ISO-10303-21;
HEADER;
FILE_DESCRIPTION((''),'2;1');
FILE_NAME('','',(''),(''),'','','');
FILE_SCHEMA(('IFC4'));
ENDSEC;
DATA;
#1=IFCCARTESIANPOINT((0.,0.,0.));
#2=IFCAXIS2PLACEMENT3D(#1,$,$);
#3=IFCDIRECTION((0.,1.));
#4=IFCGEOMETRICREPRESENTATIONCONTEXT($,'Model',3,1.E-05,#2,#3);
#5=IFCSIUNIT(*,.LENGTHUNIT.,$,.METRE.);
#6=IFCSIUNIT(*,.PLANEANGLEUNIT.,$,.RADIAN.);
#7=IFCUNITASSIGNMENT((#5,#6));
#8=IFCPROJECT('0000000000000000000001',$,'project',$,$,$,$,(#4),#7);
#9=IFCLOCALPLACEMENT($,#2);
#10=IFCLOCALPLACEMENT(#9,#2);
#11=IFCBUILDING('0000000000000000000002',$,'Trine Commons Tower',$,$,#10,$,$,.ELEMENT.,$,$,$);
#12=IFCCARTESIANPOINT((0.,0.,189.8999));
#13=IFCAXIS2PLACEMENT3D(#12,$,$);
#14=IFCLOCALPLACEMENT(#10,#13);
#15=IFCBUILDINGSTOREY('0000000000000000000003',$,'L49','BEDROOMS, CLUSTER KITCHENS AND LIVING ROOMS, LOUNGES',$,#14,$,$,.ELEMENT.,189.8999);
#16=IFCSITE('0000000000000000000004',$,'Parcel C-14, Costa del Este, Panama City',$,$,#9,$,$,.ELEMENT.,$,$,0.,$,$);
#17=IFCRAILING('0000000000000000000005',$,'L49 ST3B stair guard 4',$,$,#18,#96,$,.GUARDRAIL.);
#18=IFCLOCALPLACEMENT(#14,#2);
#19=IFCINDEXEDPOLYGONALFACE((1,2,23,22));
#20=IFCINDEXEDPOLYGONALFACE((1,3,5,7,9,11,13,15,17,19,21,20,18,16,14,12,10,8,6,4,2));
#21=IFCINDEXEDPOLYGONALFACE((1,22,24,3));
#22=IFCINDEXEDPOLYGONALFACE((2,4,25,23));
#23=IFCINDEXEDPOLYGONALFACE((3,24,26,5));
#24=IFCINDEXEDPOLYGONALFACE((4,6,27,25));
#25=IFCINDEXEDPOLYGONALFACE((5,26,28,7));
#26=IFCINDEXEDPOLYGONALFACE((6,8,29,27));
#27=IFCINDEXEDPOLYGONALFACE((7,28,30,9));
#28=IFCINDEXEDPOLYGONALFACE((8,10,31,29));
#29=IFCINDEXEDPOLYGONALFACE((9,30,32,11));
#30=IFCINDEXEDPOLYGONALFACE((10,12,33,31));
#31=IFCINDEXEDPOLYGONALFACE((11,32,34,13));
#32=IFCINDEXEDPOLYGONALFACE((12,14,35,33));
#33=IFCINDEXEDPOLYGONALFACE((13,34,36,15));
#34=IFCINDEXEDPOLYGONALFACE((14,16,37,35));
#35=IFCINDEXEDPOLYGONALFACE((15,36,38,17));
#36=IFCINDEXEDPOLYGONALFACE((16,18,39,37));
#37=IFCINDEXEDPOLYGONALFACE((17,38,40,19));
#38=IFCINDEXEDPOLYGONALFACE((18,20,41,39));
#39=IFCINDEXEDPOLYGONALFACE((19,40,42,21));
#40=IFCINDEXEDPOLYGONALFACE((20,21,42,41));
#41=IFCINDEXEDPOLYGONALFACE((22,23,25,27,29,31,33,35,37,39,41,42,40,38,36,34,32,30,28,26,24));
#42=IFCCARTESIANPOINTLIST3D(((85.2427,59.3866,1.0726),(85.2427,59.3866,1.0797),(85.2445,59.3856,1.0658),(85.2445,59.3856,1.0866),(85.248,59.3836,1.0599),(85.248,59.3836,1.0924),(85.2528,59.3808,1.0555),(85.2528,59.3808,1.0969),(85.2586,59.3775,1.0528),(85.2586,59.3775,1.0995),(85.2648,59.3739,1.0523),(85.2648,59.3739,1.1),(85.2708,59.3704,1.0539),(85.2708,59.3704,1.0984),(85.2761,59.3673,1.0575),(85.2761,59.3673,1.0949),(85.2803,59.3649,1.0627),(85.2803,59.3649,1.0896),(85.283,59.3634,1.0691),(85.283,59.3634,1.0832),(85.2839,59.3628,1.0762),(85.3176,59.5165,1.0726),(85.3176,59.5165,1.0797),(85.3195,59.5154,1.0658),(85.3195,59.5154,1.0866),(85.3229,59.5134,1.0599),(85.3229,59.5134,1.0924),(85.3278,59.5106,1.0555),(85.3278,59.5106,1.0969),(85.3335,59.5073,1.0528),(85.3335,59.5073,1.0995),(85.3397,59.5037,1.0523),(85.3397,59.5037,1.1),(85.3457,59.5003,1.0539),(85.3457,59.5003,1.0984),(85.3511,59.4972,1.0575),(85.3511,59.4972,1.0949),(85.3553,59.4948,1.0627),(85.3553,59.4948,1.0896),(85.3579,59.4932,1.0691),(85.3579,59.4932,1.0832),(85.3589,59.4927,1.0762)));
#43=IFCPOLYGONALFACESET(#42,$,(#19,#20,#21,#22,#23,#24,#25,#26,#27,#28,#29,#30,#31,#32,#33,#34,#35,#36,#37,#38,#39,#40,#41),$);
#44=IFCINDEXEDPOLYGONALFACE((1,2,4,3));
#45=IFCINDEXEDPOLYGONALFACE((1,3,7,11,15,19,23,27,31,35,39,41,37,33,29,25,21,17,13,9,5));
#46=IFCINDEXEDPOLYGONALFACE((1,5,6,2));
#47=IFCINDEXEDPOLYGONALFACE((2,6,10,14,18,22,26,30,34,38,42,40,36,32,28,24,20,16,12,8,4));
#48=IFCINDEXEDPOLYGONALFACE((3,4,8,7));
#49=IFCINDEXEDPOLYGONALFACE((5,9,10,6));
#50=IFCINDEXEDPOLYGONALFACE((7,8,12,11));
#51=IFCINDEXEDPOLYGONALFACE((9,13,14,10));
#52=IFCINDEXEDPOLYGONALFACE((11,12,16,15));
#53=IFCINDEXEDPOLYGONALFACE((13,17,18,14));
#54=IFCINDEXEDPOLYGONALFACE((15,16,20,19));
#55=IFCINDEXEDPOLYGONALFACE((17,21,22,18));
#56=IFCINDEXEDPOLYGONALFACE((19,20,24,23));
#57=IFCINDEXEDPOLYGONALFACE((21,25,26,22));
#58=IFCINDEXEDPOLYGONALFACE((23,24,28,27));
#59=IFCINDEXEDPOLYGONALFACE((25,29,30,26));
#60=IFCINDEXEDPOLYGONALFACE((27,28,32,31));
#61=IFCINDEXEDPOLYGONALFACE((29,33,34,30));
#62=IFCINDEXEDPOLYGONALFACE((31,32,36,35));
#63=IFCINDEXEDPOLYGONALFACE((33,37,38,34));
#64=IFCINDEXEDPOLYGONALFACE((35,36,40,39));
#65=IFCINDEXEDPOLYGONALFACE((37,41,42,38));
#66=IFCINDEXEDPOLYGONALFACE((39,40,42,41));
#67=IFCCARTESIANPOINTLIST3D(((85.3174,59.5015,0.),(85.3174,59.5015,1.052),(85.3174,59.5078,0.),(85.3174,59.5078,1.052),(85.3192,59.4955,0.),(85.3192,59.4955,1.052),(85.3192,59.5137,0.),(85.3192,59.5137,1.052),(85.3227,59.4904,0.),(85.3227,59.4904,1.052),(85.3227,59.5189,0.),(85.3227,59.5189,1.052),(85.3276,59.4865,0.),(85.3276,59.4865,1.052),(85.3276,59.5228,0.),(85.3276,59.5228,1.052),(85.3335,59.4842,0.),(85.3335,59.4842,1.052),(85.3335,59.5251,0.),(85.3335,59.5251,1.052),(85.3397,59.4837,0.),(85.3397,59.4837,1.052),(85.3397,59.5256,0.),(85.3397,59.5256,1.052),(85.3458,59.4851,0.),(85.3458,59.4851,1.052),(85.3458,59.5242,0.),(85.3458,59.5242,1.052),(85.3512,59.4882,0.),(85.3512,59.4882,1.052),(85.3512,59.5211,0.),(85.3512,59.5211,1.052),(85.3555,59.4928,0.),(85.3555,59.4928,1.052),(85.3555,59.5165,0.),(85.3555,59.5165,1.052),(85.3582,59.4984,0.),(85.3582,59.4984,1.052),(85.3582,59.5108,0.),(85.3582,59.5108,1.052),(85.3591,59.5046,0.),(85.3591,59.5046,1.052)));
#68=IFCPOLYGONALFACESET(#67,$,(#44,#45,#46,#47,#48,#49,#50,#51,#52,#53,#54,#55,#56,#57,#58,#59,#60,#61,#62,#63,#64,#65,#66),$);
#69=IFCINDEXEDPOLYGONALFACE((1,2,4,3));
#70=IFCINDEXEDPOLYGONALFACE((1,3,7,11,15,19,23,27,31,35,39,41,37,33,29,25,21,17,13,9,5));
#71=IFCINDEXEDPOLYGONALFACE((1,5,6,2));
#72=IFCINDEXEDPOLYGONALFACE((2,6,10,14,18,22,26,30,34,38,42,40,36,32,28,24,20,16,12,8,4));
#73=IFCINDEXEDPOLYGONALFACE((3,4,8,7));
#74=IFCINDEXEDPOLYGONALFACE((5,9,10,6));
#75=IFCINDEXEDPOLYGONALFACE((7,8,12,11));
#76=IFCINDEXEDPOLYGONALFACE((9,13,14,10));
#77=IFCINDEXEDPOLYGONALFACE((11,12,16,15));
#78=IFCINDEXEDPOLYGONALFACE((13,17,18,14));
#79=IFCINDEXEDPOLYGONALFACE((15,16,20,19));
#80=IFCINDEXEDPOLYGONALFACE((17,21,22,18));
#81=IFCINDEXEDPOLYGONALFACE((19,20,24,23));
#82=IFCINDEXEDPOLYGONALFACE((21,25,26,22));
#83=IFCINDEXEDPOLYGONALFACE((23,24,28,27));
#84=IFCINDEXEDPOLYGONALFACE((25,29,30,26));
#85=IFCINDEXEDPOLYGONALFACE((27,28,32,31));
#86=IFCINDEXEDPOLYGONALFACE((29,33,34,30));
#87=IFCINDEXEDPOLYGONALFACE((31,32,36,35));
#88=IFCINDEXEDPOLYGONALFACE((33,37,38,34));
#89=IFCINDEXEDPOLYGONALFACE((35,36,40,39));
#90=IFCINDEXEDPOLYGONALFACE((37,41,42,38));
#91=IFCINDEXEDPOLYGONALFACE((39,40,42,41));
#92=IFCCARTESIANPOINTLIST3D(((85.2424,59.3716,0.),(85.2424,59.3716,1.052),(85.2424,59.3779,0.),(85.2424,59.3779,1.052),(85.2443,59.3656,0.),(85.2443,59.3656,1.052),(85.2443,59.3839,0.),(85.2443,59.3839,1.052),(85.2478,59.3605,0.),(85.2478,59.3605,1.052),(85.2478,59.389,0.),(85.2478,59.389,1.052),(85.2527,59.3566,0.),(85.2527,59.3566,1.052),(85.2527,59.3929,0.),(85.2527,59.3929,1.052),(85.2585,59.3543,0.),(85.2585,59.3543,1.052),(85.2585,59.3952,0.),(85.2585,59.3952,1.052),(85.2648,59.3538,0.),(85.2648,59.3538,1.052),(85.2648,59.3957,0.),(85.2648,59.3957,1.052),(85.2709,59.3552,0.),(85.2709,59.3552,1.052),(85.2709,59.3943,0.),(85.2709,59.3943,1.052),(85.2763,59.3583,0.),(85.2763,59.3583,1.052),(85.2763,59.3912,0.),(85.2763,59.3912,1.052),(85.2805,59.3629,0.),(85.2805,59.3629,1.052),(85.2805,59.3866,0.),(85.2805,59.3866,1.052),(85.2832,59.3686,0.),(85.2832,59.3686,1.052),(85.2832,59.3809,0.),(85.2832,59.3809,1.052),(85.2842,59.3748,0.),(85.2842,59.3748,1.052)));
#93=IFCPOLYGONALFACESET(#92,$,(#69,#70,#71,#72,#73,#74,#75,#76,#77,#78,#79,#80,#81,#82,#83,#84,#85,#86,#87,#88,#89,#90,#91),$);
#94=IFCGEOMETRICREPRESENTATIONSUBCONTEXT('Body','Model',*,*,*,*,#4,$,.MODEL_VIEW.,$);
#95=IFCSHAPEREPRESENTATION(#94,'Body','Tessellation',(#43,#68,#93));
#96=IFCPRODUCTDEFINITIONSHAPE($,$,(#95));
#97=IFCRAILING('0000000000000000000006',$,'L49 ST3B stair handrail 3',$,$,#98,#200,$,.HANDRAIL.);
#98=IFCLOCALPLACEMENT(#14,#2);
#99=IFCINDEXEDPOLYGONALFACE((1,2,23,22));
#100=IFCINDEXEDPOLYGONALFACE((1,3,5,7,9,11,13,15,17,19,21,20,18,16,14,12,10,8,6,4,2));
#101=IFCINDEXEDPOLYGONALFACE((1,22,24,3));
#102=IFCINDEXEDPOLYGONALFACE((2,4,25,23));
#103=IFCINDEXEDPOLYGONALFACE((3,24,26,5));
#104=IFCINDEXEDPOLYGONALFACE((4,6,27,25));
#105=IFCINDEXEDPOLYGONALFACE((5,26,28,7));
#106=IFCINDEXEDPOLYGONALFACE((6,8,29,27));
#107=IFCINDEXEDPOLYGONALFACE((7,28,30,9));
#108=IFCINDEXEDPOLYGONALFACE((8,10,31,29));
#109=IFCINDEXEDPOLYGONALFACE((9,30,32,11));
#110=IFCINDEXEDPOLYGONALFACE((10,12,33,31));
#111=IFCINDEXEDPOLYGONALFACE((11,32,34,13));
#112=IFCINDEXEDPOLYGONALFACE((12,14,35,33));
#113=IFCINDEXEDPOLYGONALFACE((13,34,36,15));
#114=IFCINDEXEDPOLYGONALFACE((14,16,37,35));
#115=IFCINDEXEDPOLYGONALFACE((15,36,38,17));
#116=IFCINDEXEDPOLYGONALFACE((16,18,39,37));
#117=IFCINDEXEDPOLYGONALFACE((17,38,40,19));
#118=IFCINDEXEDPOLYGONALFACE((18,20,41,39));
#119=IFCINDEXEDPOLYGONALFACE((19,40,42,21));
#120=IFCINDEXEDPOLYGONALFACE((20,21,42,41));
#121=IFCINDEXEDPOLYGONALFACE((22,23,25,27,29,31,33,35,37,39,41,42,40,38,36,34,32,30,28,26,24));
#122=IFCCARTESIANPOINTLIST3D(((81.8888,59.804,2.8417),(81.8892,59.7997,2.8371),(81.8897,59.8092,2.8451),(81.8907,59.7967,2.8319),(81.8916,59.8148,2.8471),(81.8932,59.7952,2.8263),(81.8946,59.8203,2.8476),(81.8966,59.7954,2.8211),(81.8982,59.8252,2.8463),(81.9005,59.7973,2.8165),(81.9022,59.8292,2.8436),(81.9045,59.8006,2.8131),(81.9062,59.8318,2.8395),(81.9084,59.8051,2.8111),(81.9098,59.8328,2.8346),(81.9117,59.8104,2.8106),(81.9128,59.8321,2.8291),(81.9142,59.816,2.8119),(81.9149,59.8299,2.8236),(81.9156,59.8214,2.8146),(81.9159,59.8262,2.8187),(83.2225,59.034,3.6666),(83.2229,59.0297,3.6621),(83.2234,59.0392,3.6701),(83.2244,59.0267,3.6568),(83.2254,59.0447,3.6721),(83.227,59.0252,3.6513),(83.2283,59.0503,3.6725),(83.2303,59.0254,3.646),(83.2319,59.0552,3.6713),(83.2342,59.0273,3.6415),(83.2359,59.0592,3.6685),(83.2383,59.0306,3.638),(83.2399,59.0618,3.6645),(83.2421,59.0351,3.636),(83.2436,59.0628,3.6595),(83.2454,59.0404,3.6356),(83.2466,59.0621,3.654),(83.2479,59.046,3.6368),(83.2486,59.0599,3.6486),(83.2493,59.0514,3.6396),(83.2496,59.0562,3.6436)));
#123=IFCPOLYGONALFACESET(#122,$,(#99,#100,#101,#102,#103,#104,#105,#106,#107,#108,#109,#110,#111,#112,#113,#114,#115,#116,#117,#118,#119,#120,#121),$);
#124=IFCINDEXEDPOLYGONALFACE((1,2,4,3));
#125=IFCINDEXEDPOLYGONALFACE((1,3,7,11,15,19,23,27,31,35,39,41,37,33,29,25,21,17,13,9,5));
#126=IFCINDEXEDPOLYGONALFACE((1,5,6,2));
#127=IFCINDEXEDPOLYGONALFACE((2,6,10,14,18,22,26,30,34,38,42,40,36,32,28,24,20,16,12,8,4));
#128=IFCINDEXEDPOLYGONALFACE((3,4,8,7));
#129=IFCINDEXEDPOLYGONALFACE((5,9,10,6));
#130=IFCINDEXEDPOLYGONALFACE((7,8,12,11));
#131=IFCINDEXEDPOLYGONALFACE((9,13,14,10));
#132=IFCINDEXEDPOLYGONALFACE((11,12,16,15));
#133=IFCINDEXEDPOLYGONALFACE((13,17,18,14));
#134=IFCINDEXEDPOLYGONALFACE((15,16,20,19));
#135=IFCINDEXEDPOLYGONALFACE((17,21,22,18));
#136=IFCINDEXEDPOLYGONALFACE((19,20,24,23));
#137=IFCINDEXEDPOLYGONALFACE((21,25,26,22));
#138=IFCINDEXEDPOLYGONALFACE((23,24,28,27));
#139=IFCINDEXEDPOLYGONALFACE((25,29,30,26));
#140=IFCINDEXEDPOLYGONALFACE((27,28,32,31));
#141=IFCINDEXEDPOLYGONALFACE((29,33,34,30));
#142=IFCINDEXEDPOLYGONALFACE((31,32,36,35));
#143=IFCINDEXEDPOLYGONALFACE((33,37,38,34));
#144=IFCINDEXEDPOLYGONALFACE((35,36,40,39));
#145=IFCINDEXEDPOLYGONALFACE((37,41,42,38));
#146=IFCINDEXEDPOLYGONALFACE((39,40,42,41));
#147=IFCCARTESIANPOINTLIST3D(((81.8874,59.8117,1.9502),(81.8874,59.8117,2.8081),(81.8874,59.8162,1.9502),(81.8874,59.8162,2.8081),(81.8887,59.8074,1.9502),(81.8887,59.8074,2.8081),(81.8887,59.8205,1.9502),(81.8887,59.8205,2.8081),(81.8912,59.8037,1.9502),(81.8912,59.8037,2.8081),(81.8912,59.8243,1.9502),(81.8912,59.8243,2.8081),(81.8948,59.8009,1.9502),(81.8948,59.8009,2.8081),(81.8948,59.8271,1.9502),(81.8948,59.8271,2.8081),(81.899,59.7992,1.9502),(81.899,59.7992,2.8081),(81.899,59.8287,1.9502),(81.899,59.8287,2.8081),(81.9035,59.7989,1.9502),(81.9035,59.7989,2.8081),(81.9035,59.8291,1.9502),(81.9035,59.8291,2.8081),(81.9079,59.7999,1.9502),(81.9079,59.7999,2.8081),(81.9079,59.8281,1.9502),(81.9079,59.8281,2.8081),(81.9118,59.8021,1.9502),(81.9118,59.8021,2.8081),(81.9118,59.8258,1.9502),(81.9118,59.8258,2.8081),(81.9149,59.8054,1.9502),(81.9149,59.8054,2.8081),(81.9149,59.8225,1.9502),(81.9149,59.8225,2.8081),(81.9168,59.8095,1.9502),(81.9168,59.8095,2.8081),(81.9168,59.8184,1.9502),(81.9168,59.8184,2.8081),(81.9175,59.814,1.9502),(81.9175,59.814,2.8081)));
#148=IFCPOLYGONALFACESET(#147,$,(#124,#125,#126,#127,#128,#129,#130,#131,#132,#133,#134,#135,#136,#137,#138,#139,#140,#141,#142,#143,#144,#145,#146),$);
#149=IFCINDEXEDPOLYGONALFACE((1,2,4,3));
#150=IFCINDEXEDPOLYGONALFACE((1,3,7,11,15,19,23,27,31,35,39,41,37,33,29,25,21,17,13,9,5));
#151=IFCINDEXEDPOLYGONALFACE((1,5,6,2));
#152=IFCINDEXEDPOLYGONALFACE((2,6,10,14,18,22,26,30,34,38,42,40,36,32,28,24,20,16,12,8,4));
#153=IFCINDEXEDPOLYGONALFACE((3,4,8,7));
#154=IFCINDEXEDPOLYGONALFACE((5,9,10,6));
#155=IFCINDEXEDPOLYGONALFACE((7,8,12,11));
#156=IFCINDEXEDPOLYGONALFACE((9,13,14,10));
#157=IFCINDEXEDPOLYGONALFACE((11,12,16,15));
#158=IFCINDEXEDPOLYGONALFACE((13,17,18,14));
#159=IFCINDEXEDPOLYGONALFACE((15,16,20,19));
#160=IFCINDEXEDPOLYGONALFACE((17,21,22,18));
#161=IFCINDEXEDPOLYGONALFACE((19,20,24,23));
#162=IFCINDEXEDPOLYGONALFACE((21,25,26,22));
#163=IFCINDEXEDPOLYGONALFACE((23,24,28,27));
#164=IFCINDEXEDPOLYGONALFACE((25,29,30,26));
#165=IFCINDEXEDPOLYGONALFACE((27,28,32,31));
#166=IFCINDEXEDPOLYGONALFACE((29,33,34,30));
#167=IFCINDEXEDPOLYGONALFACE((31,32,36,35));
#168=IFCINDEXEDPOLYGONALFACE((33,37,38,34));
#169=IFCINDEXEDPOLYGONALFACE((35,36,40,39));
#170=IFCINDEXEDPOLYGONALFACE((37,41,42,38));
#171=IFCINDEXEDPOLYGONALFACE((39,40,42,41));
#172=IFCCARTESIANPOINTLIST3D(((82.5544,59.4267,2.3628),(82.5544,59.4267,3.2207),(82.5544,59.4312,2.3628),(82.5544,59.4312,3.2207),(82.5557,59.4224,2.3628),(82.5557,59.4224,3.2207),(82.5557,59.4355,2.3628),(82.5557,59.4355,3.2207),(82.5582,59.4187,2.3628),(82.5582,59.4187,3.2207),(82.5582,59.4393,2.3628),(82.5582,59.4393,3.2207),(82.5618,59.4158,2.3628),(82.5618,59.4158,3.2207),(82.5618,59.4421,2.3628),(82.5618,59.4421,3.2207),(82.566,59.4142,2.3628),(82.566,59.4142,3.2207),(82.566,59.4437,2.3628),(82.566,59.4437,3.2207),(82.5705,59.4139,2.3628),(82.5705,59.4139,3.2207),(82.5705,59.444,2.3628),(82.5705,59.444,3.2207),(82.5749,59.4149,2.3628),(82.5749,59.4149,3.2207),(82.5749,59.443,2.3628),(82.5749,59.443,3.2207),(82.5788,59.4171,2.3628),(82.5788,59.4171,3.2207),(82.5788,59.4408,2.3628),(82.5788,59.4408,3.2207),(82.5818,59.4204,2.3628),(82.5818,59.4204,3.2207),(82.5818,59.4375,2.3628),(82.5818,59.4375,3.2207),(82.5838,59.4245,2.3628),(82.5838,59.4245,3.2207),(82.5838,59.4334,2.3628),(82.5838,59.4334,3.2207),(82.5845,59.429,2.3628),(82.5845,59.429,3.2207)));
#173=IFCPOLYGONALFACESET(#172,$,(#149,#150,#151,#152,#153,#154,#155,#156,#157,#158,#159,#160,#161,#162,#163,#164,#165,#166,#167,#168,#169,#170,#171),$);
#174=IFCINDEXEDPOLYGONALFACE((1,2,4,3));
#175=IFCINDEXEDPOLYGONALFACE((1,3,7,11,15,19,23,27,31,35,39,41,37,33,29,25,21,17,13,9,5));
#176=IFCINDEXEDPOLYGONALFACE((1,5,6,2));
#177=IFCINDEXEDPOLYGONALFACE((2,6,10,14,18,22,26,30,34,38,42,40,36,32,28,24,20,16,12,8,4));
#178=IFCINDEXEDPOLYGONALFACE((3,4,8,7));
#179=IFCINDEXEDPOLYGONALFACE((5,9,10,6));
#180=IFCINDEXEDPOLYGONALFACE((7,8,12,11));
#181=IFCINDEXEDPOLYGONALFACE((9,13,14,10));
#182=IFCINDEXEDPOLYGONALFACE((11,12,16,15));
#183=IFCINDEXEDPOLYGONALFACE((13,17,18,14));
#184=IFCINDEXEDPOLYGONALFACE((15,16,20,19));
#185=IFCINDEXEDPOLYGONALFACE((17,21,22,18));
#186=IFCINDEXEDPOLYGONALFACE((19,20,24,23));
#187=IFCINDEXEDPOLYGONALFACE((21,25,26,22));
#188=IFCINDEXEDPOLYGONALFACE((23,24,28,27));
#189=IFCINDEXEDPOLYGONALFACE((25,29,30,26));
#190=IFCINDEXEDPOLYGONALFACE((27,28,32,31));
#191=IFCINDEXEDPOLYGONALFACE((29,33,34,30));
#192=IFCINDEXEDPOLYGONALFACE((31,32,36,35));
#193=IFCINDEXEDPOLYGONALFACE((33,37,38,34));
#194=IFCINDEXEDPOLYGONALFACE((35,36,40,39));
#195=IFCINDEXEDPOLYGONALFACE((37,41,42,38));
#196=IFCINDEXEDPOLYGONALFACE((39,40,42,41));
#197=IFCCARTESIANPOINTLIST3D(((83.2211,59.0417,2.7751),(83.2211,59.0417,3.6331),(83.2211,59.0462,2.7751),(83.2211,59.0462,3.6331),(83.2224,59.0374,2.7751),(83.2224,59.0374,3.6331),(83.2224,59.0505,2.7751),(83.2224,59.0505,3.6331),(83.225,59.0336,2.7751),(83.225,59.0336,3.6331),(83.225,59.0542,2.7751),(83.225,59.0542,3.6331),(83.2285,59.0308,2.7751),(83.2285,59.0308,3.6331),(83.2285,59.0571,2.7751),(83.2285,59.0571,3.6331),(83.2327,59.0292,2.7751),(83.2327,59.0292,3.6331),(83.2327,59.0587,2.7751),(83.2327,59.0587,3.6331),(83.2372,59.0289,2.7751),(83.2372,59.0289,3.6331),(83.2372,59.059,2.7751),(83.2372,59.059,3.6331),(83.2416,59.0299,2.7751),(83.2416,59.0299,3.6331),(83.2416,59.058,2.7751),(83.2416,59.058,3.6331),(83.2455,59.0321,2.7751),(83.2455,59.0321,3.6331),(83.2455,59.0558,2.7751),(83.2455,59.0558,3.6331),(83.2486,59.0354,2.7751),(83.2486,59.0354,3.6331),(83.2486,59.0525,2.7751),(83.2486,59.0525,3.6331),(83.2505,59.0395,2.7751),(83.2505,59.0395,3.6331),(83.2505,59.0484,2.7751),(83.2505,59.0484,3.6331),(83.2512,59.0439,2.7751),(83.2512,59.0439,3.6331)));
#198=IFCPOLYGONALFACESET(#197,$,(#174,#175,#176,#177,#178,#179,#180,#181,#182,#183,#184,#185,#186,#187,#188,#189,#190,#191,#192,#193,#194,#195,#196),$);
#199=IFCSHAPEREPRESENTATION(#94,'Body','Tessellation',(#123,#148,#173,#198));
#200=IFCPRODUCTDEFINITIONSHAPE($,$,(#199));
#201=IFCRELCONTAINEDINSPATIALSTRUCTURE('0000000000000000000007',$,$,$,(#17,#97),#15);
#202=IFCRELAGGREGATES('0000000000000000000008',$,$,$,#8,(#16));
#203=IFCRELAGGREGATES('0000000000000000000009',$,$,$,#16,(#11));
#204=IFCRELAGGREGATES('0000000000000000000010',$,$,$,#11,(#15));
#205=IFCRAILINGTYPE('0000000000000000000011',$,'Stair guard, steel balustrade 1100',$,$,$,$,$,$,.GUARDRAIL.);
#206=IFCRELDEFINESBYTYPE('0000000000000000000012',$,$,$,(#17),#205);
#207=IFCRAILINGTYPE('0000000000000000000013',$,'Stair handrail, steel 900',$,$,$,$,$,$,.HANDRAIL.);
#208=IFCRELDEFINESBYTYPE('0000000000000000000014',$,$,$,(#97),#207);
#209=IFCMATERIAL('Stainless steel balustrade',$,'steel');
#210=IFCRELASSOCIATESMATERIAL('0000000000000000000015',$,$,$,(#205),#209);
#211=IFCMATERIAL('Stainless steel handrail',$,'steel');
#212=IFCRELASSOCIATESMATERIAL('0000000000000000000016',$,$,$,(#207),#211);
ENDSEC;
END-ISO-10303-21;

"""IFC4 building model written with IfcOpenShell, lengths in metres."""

from ifc_helpers import new_model, si_unit, direction, frame, origin, origin_2d, place, context, subcontext, project, spatial, circle, extrude, material, type_object, element, save


model = new_model("IFC4")

# Units and contexts
model_context = context("Model", 3, precision=1e-05, world=origin(), true_north=direction((0.0, 1.0)))
body_context = subcontext(model_context, "Body", "Model", "MODEL_VIEW")
ifc_project = project(units=[si_unit("LENGTHUNIT", "METRE"), si_unit("PLANEANGLEUNIT", "RADIAN")], contexts=[model_context])

# Site, building, storey
site_placement = place(None, origin())
site = spatial("IfcSite", under=ifc_project, at=site_placement, Name="Parcel C-14, Costa del Este, Panama City", CompositionType="ELEMENT", RefElevation=0.0)
building_placement = place(site_placement, origin())
building = spatial("IfcBuilding", under=site, at=building_placement, Name="Trine Commons Tower", CompositionType="ELEMENT")
storey_placement = place(building_placement, frame((0.0, 0.0, 189.8999)))
storey = spatial("IfcBuildingStorey", under=building, at=storey_placement, Name="L49", Description="BEDROOMS, CLUSTER KITCHENS AND LIVING ROOMS, LOUNGES", CompositionType="ELEMENT", Elevation=189.8999)

# Railings
ifc_material_1 = material(Name="Stainless steel balustrade", Category="steel")
railing_type_1 = type_object("IfcRailingType", Name="Stair guard, steel balustrade 1100", PredefinedType="GUARDRAIL", material=ifc_material_1)
railing_1_placement = place(storey_placement, frame((85.3381, 59.5046, 0.0)))
element("IfcRailing", 1, at=railing_1_placement, inside=storey, type_object=railing_type_1, Name="L49 ST3B stair guard 4", PredefinedType="GUARDRAIL", context=body_context, shape_type="SweptSolid", body=[
    extrude(circle(Radius=0.0239, at=origin_2d()), frame((0.0, 0.0, 1.0762), z_axis=(-0.499816, -0.866131, 0.0), x_axis=(0.866131, -0.499816, 0.0)), (0.0, 0.0, 1.0), 0.1499),
    extrude(circle(Radius=0.021, at=origin_2d()), origin(), (0.0, 0.0, 1.0), 1.052),
    extrude(circle(Radius=0.021, at=origin_2d()), frame((-0.075, -0.1299, 0.0)), (0.0, 0.0, 1.0), 1.052),
])
ifc_material_2 = material(Name="Stainless steel handrail", Category="steel")
railing_type_2 = type_object("IfcRailingType", Name="Stair handrail, steel 900", PredefinedType="HANDRAIL", material=ifc_material_2)
for number, where, name in (
    (2, (81.9023, 59.814, 1.9502), "L49 ST3B stair handrail 3"),
):
    element("IfcRailing", number, at=place(storey_placement, frame(where)), inside=storey, type_object=railing_type_2, Name=name, PredefinedType="HANDRAIL", context=body_context, shape_type="SweptSolid", body=[
        extrude(circle(Radius=0.021, at=origin_2d()), frame((0.0, 0.0, 0.8789), z_axis=(0.763405, -0.440743, 0.472185), x_axis=(0.499992, 0.86603, 0.0)), (0.0, 0.0, 1.0), 1.7471),
        extrude(circle(Radius=0.0151, at=origin_2d()), origin(), (0.0, 0.0, 1.0), 0.8579),
        extrude(circle(Radius=0.0151, at=origin_2d()), frame((0.667, -0.385, 0.4126)), (0.0, 0.0, 1.0), 0.8579),
        extrude(circle(Radius=0.0151, at=origin_2d()), frame((1.3337, -0.77, 0.825)), (0.0, 0.0, 1.0), 0.8579),
    ])

save(model, "model.ifc")
